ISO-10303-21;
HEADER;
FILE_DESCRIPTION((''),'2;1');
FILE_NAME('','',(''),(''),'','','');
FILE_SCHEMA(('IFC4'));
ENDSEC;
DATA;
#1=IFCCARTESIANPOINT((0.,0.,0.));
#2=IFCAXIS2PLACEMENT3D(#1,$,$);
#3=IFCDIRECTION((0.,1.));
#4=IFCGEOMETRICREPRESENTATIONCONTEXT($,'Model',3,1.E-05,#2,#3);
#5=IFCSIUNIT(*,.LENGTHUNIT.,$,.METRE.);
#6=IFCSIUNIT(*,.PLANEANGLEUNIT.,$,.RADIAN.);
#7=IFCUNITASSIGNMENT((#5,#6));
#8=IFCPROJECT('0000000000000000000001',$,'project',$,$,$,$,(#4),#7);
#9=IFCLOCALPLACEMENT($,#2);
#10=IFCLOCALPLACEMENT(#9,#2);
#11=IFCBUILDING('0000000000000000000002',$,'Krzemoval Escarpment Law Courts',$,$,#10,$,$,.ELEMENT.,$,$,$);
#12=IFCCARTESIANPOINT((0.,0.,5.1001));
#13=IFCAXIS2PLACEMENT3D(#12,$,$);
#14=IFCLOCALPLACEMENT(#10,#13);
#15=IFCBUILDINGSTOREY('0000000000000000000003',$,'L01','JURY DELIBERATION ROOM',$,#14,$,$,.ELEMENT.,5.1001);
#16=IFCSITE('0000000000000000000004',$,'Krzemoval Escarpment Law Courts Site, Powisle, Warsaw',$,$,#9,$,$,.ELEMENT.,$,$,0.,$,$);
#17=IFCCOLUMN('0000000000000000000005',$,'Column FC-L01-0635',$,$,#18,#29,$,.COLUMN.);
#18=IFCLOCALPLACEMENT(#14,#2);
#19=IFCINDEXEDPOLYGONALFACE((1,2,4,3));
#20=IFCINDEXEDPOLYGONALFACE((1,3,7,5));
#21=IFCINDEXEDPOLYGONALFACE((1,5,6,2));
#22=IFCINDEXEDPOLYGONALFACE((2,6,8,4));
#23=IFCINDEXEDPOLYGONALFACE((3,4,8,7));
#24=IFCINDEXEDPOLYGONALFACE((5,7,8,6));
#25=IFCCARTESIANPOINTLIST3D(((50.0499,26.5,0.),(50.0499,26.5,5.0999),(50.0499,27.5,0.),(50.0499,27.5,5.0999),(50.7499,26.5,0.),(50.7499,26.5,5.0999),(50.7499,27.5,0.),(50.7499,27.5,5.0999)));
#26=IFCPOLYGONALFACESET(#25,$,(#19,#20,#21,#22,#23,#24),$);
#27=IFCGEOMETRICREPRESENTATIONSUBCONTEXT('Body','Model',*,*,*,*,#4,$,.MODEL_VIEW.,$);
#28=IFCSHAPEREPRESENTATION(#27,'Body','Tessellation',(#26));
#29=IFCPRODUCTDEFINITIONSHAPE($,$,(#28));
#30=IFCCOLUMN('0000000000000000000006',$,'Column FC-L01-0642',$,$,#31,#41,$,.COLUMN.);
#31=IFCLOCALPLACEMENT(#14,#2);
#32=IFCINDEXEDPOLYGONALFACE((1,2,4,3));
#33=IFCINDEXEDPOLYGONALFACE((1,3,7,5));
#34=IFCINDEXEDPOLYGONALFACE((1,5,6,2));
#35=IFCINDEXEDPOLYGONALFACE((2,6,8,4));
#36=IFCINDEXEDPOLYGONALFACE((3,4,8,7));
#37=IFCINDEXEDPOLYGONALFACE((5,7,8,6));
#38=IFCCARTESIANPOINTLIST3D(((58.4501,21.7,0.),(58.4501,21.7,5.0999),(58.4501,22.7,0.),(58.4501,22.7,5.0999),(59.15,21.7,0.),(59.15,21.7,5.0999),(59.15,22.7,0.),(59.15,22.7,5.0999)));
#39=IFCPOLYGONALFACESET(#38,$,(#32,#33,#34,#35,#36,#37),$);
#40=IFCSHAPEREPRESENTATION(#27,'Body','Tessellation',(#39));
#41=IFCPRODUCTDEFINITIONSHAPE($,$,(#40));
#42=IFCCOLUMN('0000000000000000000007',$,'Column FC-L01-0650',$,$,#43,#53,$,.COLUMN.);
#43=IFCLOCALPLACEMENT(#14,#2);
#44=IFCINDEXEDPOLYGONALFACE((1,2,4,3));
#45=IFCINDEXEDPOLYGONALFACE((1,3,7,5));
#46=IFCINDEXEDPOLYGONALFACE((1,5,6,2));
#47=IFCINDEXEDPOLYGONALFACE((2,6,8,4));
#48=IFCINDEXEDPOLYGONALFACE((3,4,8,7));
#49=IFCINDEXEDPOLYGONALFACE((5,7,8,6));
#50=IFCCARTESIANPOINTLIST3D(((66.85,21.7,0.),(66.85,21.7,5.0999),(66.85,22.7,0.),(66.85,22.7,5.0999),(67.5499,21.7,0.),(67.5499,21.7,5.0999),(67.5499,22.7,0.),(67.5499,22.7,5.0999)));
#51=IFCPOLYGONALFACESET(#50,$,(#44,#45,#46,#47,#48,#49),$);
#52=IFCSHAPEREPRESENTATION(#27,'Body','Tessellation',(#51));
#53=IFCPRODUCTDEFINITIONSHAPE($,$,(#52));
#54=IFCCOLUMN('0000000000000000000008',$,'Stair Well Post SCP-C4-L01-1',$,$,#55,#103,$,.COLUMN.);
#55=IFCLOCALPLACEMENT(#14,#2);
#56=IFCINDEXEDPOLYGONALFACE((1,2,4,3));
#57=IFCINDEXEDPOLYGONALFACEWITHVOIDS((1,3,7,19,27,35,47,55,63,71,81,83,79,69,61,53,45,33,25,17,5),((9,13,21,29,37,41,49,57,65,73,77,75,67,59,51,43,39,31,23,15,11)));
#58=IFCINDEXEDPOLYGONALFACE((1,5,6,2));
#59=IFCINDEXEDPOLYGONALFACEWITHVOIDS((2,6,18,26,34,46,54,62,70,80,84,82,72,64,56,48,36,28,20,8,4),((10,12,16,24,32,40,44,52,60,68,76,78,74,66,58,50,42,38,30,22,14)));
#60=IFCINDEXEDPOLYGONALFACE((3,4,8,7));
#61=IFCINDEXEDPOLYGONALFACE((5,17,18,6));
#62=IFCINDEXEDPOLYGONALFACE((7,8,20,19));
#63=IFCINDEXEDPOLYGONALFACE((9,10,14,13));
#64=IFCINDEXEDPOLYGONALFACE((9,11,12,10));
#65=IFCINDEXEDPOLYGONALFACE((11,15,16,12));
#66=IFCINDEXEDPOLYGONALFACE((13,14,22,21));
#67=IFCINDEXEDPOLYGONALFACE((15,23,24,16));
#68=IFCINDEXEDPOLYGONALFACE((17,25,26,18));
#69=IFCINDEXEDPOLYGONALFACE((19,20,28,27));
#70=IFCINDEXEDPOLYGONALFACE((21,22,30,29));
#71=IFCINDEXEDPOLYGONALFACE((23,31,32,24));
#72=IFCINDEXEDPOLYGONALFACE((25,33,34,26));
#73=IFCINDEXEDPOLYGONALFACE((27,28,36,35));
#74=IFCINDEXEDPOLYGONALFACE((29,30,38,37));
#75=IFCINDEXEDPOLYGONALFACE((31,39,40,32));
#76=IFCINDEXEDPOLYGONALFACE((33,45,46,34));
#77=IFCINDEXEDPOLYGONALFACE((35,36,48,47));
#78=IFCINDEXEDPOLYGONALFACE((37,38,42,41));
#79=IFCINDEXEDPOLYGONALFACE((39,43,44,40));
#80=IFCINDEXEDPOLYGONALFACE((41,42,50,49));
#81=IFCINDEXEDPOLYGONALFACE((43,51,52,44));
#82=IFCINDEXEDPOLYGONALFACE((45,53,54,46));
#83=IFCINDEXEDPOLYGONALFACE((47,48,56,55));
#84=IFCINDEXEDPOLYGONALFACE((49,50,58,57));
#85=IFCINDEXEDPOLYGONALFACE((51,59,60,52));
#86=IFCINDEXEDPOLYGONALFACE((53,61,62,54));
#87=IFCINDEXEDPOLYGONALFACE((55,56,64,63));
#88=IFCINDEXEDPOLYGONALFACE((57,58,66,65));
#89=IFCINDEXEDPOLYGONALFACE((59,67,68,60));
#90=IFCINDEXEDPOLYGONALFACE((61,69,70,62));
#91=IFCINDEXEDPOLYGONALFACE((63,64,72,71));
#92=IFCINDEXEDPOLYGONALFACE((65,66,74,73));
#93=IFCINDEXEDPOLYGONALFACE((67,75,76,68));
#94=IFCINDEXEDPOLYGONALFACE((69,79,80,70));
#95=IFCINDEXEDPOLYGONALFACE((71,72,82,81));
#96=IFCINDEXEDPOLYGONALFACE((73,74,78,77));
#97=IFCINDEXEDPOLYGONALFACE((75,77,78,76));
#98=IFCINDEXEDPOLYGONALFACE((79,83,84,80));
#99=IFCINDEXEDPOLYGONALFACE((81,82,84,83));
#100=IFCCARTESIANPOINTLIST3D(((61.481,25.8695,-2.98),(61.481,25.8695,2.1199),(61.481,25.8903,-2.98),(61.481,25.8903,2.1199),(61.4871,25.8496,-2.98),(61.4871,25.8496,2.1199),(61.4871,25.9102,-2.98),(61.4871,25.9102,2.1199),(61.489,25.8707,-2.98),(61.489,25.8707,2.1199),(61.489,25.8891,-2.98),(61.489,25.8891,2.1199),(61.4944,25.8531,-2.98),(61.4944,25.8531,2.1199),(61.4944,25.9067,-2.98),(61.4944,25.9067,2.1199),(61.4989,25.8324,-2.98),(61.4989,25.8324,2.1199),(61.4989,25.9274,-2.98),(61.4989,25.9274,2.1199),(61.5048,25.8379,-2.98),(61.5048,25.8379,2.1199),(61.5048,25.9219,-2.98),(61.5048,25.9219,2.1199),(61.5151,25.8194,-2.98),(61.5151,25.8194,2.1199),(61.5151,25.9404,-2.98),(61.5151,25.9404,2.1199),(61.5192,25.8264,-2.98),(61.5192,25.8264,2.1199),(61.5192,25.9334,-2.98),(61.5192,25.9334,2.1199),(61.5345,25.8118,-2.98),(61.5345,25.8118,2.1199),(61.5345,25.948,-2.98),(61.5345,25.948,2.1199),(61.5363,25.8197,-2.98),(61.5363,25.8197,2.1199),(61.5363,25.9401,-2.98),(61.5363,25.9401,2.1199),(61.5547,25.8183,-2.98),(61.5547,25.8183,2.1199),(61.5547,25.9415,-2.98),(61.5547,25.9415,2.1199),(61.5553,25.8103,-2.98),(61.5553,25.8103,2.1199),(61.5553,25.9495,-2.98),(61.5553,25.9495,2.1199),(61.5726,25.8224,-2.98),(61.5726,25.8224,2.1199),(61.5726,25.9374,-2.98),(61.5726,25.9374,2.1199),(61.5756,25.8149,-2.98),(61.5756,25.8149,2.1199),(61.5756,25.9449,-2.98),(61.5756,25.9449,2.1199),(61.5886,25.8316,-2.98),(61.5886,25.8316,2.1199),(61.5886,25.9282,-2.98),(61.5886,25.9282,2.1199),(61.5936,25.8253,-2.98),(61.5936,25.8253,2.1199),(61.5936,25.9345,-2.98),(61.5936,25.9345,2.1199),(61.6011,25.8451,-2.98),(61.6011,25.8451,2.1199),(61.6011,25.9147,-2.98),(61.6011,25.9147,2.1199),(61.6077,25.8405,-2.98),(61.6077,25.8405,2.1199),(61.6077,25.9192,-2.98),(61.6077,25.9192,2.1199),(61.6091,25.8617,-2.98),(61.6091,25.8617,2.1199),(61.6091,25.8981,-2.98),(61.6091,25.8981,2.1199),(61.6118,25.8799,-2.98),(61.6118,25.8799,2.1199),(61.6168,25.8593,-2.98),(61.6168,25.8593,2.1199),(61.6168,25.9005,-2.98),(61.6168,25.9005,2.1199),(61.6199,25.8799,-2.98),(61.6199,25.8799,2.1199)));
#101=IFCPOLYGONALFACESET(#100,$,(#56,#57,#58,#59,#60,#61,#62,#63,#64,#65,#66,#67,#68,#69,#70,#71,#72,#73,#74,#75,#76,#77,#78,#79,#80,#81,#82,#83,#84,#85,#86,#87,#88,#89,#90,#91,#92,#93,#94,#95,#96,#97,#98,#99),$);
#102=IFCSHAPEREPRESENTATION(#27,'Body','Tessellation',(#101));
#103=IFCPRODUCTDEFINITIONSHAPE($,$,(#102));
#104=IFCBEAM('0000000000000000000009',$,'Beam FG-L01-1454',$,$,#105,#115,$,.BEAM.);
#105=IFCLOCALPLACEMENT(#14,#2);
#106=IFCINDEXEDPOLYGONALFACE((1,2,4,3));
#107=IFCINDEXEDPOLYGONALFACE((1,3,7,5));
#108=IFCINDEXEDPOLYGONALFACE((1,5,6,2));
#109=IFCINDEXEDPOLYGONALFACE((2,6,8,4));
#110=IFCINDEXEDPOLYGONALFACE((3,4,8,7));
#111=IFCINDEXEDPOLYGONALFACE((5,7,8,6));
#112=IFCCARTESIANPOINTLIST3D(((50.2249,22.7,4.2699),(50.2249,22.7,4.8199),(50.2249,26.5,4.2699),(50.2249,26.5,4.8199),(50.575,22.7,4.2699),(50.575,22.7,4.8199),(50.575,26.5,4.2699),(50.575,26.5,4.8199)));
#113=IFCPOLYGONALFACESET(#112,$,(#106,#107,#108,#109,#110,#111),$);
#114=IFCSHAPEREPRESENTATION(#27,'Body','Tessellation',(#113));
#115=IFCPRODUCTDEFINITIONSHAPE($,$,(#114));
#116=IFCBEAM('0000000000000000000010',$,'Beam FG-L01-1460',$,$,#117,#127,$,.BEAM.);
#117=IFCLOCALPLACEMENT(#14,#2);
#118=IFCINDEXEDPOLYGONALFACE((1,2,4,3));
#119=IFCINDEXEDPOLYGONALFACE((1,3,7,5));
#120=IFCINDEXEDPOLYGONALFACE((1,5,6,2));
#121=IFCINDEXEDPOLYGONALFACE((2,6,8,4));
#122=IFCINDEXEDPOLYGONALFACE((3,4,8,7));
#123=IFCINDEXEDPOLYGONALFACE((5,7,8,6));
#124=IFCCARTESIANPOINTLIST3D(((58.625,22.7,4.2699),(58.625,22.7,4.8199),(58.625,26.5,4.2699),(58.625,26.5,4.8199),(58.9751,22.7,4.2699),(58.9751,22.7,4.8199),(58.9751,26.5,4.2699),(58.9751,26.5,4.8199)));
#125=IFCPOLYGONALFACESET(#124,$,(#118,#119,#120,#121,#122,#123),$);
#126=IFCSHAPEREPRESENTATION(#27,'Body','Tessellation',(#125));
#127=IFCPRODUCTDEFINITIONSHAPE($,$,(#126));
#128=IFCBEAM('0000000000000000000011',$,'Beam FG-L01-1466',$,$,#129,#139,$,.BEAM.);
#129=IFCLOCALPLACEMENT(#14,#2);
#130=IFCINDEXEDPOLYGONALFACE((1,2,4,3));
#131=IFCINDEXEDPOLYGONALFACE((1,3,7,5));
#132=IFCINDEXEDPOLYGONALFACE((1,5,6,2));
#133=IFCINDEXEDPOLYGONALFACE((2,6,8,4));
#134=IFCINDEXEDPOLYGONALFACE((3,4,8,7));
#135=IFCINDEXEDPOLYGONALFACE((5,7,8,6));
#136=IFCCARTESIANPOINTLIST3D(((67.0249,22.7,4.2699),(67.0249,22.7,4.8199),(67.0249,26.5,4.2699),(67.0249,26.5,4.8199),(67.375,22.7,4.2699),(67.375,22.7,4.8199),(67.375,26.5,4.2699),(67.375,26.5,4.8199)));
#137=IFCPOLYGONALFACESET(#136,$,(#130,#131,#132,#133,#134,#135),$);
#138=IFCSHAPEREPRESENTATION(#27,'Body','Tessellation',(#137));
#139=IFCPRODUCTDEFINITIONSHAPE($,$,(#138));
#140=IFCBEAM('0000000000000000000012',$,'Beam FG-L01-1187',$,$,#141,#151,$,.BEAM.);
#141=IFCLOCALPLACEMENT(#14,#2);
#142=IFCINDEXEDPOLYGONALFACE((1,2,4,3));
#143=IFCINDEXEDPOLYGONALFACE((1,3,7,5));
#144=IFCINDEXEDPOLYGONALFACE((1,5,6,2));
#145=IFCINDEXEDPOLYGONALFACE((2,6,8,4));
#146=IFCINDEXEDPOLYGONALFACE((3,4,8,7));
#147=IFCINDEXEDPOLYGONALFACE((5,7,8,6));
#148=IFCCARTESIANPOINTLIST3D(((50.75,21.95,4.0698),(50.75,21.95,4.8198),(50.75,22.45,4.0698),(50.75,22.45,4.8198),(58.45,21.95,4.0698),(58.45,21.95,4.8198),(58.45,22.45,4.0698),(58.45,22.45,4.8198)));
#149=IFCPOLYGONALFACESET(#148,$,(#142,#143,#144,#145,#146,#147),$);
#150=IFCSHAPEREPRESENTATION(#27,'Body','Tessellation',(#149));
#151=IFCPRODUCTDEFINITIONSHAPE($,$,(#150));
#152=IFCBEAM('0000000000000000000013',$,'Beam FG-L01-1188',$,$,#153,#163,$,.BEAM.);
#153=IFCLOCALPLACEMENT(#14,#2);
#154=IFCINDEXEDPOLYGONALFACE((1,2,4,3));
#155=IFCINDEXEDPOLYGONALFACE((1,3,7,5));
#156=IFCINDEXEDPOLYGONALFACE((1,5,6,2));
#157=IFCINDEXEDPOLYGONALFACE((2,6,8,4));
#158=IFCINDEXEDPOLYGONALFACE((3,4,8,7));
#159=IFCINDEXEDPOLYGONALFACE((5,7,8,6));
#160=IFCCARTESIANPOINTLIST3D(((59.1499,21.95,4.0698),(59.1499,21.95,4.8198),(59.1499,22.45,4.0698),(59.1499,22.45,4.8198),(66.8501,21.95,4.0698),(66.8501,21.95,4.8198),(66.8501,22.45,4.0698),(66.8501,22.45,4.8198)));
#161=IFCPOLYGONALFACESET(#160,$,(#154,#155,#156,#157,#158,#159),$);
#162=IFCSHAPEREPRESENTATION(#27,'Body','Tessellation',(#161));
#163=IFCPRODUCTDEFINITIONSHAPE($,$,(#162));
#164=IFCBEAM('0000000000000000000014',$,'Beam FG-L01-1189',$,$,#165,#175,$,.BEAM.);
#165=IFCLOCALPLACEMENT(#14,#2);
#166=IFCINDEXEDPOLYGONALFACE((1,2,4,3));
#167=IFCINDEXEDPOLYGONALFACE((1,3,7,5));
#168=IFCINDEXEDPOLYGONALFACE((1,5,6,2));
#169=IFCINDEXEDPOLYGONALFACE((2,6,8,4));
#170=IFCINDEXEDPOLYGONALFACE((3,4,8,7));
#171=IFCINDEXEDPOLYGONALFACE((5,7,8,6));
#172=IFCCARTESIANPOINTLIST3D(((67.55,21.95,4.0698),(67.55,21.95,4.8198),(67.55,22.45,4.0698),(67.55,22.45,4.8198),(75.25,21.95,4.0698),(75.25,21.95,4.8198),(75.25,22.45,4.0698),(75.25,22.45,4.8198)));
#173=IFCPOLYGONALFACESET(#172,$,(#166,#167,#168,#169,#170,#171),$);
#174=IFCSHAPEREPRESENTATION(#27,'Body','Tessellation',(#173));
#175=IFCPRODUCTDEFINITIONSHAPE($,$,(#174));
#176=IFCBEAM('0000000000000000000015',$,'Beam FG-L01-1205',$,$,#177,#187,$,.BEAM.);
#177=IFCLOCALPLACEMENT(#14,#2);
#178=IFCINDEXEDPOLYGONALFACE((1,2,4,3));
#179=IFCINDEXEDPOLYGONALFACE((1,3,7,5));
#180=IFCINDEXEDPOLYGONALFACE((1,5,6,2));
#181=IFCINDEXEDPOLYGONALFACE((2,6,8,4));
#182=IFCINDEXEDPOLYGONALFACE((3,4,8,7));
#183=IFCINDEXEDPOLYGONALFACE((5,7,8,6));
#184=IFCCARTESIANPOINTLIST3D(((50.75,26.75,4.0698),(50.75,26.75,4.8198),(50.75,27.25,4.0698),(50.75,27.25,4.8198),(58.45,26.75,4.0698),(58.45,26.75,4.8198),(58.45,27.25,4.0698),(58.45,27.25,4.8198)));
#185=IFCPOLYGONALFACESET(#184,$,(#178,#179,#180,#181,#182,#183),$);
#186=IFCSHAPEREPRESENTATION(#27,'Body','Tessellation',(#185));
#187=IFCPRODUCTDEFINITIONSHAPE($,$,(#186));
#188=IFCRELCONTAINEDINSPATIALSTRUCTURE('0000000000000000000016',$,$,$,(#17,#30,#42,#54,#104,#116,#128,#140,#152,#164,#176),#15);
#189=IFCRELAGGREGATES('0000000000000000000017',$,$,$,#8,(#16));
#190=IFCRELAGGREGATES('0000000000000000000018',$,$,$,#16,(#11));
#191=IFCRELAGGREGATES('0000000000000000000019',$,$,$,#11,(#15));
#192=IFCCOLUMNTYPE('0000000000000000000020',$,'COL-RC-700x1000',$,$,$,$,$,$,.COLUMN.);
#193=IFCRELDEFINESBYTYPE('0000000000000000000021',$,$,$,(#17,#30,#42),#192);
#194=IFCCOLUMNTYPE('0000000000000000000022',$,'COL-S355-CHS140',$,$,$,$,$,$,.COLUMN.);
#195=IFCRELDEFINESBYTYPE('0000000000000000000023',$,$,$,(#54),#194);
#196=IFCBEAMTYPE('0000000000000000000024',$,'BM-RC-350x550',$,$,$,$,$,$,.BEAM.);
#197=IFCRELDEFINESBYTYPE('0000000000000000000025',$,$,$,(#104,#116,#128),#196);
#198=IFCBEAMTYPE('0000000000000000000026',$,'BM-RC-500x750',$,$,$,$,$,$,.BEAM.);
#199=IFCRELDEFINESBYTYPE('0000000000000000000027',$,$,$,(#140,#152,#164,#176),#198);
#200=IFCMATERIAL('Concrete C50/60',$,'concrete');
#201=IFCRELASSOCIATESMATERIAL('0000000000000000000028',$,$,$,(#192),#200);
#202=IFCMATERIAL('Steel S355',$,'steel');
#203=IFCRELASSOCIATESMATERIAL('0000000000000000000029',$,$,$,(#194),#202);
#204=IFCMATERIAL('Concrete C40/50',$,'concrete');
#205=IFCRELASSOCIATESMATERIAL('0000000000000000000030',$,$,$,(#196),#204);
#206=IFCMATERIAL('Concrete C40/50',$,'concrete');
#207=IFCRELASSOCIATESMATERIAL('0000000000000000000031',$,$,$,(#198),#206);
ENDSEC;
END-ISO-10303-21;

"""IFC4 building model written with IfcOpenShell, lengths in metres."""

from ifc_helpers import new_model, si_unit, direction, frame, origin, origin_2d, place, context, subcontext, project, spatial, rectangle, hollow_circle, extrude, material, material_profile, profile_set, type_object, element, save


model = new_model("IFC4")

# Units and contexts
model_context = context("Model", 3, precision=1e-05, world=origin(), true_north=direction((0.0, 1.0)))
body_context = subcontext(model_context, "Body", "Model", "MODEL_VIEW")
ifc_project = project(units=[si_unit("LENGTHUNIT", "METRE"), si_unit("PLANEANGLEUNIT", "RADIAN")], contexts=[model_context])

# Site, building, storey
site_placement = place(None, origin())
site = spatial("IfcSite", under=ifc_project, at=site_placement, Name="Krzemoval Escarpment Law Courts Site, Powisle, Warsaw", CompositionType="ELEMENT", RefElevation=0.0)
building_placement = place(site_placement, origin())
building = spatial("IfcBuilding", under=site, at=building_placement, Name="Krzemoval Escarpment Law Courts", CompositionType="ELEMENT")
storey_placement = place(building_placement, frame((0.0, 0.0, 5.1001)))
storey = spatial("IfcBuildingStorey", under=building, at=storey_placement, Name="L01", Description="JURY DELIBERATION ROOM", CompositionType="ELEMENT", Elevation=5.1001)

# Columns
ifc_material_1 = material(Name="Concrete C50/60", Category="concrete")
ifc_material_profile_1 = material_profile(ifc_material_1, rectangle(XDim=0.7, YDim=1.0, at=origin_2d()), Name="RC 700x1000")
ifc_profile_set_1 = profile_set([ifc_material_profile_1], Name="Concrete C50/60")
column_type_1 = type_object("IfcColumnType", Name="COL-RC-700x1000", PredefinedType="COLUMN", material=ifc_profile_set_1)
for number, where, z_axis, x_axis, name in (
    (1, (50.3999, 27.0, 0.0), (0.0, 0.0, 1.0), (1.0, 0.0, 0.0), "Column FC-L01-0635"),
    (2, (58.8, 22.2, 0.0), (0.0, 0.0, 1.0), (1.0, 0.0, 0.0), "Column FC-L01-0642"),
    (3, (67.2, 22.2, 0.0), (0.0, 0.0, 1.0), (1.0, 0.0, 0.0), "Column FC-L01-0650"),
):
    element("IfcColumn", number, at=place(storey_placement, frame(where, z_axis=z_axis, x_axis=x_axis)), inside=storey, type_object=column_type_1, Name=name, PredefinedType="COLUMN", context=body_context, shape_type="SweptSolid", body=[
        extrude(rectangle(XDim=0.7, YDim=1.0, at=origin_2d()), origin(), (0.0, 0.0, 1.0), 5.0999),
    ])
ifc_material_2 = material(Name="Steel S355", Category="steel")
ifc_material_profile_2 = material_profile(ifc_material_2, hollow_circle(Radius=0.0698, WallThickness=0.0081, at=origin_2d()), Name="CHS 139.7x8")
ifc_profile_set_2 = profile_set([ifc_material_profile_2], Name="Steel S355")
column_type_2 = type_object("IfcColumnType", Name="COL-S355-CHS140", PredefinedType="COLUMN", material=ifc_profile_set_2)
column_placement = place(storey_placement, frame((61.55, 25.8799, -2.98), z_axis=(0.0, 0.0, 1.0), x_axis=(1.0, 0.0, 0.0)))
element("IfcColumn", 4, at=column_placement, inside=storey, type_object=column_type_2, Name="Stair Well Post SCP-C4-L01-1", PredefinedType="COLUMN", context=body_context, shape_type="SweptSolid", body=[
    extrude(hollow_circle(Radius=0.0698, WallThickness=0.0081, at=origin_2d()), origin(), (0.0, 0.0, 1.0), 5.0999),
])

# Beams
ifc_material_3 = material(Name="Concrete C40/50", Category="concrete")
ifc_material_profile_3 = material_profile(ifc_material_3, rectangle(XDim=0.3501, YDim=0.55, at=origin_2d()), Name="RCB 350x550")
ifc_profile_set_3 = profile_set([ifc_material_profile_3], Name="Concrete C40/50")
beam_type_1 = type_object("IfcBeamType", Name="BM-RC-350x550", PredefinedType="BEAM", material=ifc_profile_set_3)
for number, where, z_axis, x_axis, name in (
    (5, (50.3999, 22.7, 4.5449), (0.0, 1.0, 0.0), (-1.0, 0.0, 0.0), "Beam FG-L01-1454"),
    (6, (58.8, 22.7, 4.5449), (0.0, 1.0, 0.0), (-1.0, 0.0, 0.0), "Beam FG-L01-1460"),
    (7, (67.2, 22.7, 4.5449), (0.0, 1.0, 0.0), (-1.0, 0.0, 0.0), "Beam FG-L01-1466"),
):
    element("IfcBeam", number, at=place(storey_placement, frame(where, z_axis=z_axis, x_axis=x_axis)), inside=storey, type_object=beam_type_1, Name=name, PredefinedType="BEAM", context=body_context, shape_type="SweptSolid", body=[
        extrude(rectangle(XDim=0.3501, YDim=0.55, at=origin_2d()), origin(), (0.0, 0.0, 1.0), 3.8),
    ])
ifc_material_4 = material(Name="Concrete C40/50", Category="concrete")
ifc_material_profile_4 = material_profile(ifc_material_4, rectangle(XDim=0.5, YDim=0.75, at=origin_2d()), Name="RCB 500x750")
ifc_profile_set_4 = profile_set([ifc_material_profile_4], Name="Concrete C40/50")
beam_type_2 = type_object("IfcBeamType", Name="BM-RC-500x750", PredefinedType="BEAM", material=ifc_profile_set_4)
beam_1_placement = place(storey_placement, frame((50.75, 22.2, 4.4448), z_axis=(1.0, 0.0, 0.0), x_axis=(0.0, 1.0, 0.0)))
element("IfcBeam", 8, at=beam_1_placement, inside=storey, type_object=beam_type_2, Name="Beam FG-L01-1187", PredefinedType="BEAM", context=body_context, shape_type="SweptSolid", body=[
    extrude(rectangle(XDim=0.5, YDim=0.75, at=origin_2d()), origin(), (0.0, 0.0, 1.0), 7.7),
])
beam_2_placement = place(storey_placement, frame((59.1499, 22.2, 4.4448), z_axis=(1.0, 0.0, 0.0), x_axis=(0.0, 1.0, 0.0)))
element("IfcBeam", 9, at=beam_2_placement, inside=storey, type_object=beam_type_2, Name="Beam FG-L01-1188", PredefinedType="BEAM", context=body_context, shape_type="SweptSolid", body=[
    extrude(rectangle(XDim=0.5, YDim=0.75, at=origin_2d()), origin(), (0.0, 0.0, 1.0), 7.7002),
])
for number, where, z_axis, x_axis, name in (
    (10, (67.55, 22.2, 4.4448), (1.0, 0.0, 0.0), (0.0, 1.0, 0.0), "Beam FG-L01-1189"),
    (11, (50.75, 27.0, 4.4448), (1.0, 0.0, 0.0), (0.0, 1.0, 0.0), "Beam FG-L01-1205"),
):
    element("IfcBeam", number, at=place(storey_placement, frame(where, z_axis=z_axis, x_axis=x_axis)), inside=storey, type_object=beam_type_2, Name=name, PredefinedType="BEAM", context=body_context, shape_type="SweptSolid", body=[
        extrude(rectangle(XDim=0.5, YDim=0.75, at=origin_2d()), origin(), (0.0, 0.0, 1.0), 7.7),
    ])

save(model, "model.ifc")
